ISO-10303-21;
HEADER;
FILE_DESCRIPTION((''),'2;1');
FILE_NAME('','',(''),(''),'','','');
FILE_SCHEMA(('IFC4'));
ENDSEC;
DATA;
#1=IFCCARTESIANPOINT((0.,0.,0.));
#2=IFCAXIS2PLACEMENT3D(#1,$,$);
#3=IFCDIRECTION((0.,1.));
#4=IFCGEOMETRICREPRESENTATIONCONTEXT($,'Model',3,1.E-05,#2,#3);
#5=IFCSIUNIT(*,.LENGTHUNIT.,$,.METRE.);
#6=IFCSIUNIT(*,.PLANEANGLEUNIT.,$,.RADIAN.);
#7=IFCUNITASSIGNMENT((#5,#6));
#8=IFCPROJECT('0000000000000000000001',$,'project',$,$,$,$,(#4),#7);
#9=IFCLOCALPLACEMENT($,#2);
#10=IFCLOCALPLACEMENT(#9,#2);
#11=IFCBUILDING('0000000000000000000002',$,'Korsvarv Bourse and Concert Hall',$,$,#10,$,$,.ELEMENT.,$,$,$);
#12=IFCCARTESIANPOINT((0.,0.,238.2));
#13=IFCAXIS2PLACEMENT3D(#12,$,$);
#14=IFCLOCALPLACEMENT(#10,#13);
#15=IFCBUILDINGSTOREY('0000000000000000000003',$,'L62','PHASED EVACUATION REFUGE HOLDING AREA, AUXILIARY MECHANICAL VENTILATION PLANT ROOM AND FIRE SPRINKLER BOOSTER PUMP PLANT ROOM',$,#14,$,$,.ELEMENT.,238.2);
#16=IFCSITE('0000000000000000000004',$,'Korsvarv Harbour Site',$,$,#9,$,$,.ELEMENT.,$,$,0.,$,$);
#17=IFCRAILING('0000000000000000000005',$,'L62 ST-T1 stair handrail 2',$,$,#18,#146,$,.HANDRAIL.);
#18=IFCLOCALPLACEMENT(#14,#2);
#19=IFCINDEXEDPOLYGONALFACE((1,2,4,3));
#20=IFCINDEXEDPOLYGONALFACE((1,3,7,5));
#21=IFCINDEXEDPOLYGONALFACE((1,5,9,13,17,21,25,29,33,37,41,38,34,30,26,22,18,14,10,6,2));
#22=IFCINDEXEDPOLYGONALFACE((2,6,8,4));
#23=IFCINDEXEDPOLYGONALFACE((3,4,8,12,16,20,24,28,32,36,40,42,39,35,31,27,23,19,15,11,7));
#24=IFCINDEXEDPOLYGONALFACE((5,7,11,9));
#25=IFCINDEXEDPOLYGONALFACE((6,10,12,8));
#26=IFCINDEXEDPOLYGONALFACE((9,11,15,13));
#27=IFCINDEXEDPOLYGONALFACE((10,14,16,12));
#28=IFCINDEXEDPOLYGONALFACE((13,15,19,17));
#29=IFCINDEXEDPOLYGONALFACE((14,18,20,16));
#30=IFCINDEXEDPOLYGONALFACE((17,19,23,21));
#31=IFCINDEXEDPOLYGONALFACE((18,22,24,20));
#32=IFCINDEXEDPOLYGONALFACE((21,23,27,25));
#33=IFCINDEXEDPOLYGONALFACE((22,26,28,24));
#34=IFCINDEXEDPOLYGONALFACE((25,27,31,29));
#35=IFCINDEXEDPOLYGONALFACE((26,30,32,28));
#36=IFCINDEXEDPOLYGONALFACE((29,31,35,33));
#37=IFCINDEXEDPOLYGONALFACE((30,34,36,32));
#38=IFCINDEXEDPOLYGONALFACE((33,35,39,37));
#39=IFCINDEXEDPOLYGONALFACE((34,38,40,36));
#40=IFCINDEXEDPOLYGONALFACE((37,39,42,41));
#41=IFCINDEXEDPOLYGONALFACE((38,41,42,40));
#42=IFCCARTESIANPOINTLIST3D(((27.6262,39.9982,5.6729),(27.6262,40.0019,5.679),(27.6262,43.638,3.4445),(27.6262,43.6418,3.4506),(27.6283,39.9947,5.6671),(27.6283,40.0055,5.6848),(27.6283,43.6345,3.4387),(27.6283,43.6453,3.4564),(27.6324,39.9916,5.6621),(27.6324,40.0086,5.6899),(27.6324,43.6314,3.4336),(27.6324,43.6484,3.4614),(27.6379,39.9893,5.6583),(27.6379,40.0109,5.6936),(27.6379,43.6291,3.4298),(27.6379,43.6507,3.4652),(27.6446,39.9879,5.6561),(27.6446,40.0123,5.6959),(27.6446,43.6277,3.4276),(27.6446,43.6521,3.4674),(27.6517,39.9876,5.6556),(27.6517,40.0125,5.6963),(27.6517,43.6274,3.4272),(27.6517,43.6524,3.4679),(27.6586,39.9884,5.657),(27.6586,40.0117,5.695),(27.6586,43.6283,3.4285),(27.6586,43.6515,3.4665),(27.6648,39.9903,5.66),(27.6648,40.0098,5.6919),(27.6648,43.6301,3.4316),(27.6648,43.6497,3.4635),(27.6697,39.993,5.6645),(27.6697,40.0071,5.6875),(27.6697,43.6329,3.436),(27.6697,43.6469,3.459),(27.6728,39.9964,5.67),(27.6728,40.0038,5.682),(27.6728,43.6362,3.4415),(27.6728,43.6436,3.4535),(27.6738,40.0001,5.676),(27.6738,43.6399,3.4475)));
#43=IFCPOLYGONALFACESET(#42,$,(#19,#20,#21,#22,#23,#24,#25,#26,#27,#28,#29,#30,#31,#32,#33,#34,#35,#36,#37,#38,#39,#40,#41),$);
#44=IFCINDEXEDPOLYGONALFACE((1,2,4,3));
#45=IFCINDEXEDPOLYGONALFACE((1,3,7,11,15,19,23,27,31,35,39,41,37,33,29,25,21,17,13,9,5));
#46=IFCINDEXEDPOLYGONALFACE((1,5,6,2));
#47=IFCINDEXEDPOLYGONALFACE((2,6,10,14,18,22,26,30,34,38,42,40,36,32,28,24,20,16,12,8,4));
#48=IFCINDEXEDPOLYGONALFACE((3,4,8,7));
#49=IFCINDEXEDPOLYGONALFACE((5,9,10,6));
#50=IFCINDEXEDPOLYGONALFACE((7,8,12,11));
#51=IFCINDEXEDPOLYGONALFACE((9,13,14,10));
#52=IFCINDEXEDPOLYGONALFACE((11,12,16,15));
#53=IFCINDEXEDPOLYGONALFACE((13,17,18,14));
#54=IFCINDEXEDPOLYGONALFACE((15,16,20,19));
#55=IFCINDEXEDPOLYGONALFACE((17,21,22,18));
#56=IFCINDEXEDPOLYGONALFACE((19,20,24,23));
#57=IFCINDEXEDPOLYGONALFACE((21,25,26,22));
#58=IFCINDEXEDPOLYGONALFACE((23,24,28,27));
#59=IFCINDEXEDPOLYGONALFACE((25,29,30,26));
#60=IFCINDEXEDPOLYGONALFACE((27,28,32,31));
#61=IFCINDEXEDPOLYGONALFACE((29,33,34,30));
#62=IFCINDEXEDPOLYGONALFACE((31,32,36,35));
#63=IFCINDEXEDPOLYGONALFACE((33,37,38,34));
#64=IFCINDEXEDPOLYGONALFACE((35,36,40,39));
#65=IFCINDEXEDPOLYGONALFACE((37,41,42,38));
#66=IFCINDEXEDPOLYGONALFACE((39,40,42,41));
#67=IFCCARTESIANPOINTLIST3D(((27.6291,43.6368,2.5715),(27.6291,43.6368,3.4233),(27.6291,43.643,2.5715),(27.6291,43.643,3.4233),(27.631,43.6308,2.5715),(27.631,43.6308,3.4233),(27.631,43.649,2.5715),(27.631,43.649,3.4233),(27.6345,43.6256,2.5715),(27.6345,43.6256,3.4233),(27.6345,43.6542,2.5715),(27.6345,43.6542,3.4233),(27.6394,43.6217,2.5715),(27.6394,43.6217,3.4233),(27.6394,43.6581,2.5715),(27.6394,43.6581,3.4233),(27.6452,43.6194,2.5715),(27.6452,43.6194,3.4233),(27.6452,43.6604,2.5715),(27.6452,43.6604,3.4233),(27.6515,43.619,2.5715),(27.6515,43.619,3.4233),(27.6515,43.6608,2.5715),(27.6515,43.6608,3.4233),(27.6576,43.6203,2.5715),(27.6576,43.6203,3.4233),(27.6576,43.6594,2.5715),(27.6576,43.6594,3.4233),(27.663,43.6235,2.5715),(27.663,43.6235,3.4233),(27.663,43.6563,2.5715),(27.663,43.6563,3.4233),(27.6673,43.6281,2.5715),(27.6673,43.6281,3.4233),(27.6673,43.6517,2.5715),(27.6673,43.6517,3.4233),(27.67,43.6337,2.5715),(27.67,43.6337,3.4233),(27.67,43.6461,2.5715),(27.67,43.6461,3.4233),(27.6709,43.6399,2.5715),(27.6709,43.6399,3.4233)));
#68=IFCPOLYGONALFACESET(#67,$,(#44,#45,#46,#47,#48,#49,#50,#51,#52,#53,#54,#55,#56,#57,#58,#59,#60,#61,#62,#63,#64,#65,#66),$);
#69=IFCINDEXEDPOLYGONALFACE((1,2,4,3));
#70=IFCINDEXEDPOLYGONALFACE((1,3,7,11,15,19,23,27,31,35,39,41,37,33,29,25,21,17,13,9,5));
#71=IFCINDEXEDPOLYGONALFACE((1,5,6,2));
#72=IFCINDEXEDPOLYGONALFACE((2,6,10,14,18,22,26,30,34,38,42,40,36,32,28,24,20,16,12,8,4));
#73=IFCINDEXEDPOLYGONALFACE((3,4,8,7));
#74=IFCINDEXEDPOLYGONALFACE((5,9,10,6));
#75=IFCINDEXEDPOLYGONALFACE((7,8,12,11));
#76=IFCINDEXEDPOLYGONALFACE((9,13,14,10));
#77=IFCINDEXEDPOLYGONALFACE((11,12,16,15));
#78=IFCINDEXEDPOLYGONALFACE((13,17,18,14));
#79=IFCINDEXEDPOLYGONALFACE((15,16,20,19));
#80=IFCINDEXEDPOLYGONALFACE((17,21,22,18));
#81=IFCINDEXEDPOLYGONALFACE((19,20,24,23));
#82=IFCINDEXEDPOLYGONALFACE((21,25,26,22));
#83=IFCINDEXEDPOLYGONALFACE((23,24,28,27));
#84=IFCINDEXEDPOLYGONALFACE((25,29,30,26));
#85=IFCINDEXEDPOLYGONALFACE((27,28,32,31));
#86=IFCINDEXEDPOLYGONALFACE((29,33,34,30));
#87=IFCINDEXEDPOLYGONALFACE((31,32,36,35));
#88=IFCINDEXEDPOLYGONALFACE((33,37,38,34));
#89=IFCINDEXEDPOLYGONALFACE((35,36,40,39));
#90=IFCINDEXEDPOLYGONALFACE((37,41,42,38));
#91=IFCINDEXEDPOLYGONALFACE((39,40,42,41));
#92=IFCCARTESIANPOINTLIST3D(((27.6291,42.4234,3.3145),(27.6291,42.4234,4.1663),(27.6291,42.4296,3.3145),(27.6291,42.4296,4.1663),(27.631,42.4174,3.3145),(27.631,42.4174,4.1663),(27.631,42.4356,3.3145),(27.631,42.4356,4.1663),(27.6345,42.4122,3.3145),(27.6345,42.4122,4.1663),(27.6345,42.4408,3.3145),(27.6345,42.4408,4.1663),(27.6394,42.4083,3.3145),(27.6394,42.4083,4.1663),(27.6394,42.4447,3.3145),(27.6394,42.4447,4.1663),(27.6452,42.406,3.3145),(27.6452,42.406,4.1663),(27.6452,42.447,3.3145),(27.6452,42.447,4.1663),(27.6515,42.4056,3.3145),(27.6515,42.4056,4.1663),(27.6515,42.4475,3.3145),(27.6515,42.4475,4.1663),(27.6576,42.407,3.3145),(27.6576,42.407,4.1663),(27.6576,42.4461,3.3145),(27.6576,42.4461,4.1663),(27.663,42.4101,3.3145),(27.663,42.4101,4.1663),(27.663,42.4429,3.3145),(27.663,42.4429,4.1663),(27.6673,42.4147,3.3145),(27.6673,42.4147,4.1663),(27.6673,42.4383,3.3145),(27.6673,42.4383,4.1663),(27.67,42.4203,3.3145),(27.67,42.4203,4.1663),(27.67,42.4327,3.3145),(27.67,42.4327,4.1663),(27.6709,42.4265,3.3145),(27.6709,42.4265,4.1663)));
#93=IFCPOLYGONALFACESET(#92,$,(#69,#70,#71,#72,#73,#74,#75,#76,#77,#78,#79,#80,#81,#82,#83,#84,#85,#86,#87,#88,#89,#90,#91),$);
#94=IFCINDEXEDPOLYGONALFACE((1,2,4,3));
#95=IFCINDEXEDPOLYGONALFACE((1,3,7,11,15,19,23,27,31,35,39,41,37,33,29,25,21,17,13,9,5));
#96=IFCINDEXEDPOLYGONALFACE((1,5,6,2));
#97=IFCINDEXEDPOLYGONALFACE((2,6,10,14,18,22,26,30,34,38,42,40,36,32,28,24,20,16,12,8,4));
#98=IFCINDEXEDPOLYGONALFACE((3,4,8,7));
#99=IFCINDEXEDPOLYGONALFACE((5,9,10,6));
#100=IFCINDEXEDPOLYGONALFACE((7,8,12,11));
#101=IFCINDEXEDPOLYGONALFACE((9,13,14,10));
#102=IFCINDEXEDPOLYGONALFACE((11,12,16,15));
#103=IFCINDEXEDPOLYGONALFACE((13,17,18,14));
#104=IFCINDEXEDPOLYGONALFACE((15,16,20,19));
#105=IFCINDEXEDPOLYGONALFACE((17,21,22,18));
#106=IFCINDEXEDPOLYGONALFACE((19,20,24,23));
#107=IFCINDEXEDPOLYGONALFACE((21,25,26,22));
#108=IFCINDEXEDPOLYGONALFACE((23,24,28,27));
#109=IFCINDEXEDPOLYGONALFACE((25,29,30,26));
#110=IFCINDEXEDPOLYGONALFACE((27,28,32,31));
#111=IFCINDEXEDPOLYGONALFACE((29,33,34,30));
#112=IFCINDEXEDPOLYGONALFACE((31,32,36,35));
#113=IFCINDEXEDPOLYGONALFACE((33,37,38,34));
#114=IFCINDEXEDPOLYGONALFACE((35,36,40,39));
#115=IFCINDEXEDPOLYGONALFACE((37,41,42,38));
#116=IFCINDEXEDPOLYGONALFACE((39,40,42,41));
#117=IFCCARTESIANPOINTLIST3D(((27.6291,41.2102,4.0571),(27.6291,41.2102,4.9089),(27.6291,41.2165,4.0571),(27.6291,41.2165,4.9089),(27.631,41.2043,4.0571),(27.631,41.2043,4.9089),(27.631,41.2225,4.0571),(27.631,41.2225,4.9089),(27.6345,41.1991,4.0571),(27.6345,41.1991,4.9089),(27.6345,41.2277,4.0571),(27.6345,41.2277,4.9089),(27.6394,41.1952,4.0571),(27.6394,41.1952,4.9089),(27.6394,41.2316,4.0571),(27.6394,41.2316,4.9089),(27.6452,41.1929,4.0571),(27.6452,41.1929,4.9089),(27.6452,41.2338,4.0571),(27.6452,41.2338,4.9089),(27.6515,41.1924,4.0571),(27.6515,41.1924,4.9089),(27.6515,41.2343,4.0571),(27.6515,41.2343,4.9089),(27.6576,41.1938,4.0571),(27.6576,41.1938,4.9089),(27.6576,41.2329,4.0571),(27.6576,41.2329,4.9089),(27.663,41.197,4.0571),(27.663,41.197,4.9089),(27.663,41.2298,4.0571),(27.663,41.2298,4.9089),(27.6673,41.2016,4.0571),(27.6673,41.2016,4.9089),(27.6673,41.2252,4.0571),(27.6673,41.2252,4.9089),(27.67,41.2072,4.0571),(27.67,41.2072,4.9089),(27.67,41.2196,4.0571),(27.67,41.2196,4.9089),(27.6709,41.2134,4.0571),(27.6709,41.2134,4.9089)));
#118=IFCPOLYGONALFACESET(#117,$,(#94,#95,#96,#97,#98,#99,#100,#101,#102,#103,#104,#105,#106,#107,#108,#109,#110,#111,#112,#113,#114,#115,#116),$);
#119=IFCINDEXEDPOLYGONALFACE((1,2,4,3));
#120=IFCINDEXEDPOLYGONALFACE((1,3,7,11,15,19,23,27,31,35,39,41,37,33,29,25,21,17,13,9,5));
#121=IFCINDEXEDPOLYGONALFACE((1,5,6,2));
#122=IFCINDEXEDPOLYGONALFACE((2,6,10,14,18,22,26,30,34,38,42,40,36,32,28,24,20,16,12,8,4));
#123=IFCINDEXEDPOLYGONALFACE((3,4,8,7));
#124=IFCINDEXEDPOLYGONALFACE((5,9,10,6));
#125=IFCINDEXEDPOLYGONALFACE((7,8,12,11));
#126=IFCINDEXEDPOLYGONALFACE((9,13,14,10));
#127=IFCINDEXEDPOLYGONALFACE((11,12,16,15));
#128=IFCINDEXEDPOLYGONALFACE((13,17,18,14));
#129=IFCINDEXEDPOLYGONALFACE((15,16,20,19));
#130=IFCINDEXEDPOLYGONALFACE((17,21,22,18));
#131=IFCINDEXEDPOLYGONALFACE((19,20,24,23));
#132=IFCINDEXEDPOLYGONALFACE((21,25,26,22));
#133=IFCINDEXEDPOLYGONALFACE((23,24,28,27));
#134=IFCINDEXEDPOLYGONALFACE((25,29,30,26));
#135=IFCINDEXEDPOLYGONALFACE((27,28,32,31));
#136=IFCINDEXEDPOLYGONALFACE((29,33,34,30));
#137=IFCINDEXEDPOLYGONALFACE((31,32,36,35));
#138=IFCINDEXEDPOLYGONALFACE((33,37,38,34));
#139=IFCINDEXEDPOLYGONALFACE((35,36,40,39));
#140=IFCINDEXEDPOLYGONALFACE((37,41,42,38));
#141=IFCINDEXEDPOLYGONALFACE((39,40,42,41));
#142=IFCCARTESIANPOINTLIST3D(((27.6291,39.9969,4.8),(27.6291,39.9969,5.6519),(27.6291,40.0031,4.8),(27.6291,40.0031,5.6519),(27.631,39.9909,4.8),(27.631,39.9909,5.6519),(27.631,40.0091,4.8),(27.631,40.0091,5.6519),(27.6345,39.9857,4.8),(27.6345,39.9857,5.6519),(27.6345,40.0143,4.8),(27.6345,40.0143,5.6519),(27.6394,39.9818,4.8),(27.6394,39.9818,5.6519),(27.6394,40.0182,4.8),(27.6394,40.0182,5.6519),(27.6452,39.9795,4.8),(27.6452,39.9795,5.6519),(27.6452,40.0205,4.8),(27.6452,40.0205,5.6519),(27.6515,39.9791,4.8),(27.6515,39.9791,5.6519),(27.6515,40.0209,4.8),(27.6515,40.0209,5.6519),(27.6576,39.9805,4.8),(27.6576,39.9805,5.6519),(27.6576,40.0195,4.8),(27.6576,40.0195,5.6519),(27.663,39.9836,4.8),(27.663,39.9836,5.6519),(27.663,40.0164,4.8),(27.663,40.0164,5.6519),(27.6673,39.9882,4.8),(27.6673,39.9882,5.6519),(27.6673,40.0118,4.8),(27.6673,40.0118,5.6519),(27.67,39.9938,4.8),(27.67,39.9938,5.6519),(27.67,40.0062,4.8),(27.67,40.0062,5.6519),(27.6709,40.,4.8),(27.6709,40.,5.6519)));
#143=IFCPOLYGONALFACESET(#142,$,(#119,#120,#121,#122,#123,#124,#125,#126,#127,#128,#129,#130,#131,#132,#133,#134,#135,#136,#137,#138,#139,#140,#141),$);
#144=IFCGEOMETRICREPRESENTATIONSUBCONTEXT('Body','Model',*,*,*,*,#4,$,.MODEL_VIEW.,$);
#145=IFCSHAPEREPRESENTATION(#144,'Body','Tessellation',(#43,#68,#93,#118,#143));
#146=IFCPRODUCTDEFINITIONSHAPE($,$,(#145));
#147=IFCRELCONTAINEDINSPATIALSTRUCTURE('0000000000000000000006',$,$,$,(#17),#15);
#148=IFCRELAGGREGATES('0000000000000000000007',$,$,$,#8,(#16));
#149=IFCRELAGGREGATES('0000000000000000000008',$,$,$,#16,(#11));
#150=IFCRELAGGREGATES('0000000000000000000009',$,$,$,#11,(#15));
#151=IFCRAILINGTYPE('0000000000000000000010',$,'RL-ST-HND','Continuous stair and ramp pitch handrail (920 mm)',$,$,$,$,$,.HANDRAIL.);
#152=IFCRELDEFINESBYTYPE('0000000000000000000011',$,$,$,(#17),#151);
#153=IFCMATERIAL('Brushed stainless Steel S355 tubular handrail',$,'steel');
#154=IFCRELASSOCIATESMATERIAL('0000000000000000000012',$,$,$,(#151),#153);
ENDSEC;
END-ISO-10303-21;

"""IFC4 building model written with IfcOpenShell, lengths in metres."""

from ifc_helpers import new_model, si_unit, direction, frame, origin, origin_2d, place, context, subcontext, project, spatial, circle, extrude, material, type_object, element, save


model = new_model("IFC4")

# Units and contexts
model_context = context("Model", 3, precision=1e-05, world=origin(), true_north=direction((0.0, 1.0)))
body_context = subcontext(model_context, "Body", "Model", "MODEL_VIEW")
ifc_project = project(units=[si_unit("LENGTHUNIT", "METRE"), si_unit("PLANEANGLEUNIT", "RADIAN")], contexts=[model_context])

# Site, building, storey
site_placement = place(None, origin())
site = spatial("IfcSite", under=ifc_project, at=site_placement, Name="Korsvarv Harbour Site", CompositionType="ELEMENT", RefElevation=0.0)
building_placement = place(site_placement, origin())
building = spatial("IfcBuilding", under=site, at=building_placement, Name="Korsvarv Bourse and Concert Hall", CompositionType="ELEMENT")
storey_placement = place(building_placement, frame((0.0, 0.0, 238.2)))
storey = spatial("IfcBuildingStorey", under=building, at=storey_placement, Name="L62", Description="PHASED EVACUATION REFUGE HOLDING AREA, AUXILIARY MECHANICAL VENTILATION PLANT ROOM AND FIRE SPRINKLER BOOSTER PUMP PLANT ROOM", CompositionType="ELEMENT", Elevation=238.2)

# Railing
ifc_material_1 = material(Name="Brushed stainless Steel S355 tubular handrail", Category="steel")
railing_type_1 = type_object("IfcRailingType", Name="RL-ST-HND", Description="Continuous stair and ramp pitch handrail (920 mm)", PredefinedType="HANDRAIL", material=ifc_material_1)
railing_1_placement = place(storey_placement, frame((27.6499, 43.6399, 2.5715)))
element("IfcRailing", 1, at=railing_1_placement, inside=storey, type_object=railing_type_1, Name="L62 ST-T1 stair handrail 2", PredefinedType="HANDRAIL", context=body_context, shape_type="SweptSolid", body=[
    extrude(circle(Radius=0.0239, at=origin_2d()), frame((0.0, 0.0, 0.876), z_axis=(0.0, -0.85285, 0.522156), x_axis=(1.0, 0.0, 0.0)), (0.0, 0.0, 1.0), 4.2678),
    extrude(circle(Radius=0.021, at=origin_2d()), origin(), (0.0, 0.0, 1.0), 0.8518),
    extrude(circle(Radius=0.021, at=origin_2d()), frame((0.0, -1.2134, 0.7429)), (0.0, 0.0, 1.0), 0.8518),
    extrude(circle(Radius=0.021, at=origin_2d()), frame((0.0, -2.4265, 1.4856)), (0.0, 0.0, 1.0), 0.8518),
    extrude(circle(Radius=0.021, at=origin_2d()), frame((0.0, -3.6399, 2.2285)), (0.0, 0.0, 1.0), 0.8518),
])

save(model, "model.ifc")
